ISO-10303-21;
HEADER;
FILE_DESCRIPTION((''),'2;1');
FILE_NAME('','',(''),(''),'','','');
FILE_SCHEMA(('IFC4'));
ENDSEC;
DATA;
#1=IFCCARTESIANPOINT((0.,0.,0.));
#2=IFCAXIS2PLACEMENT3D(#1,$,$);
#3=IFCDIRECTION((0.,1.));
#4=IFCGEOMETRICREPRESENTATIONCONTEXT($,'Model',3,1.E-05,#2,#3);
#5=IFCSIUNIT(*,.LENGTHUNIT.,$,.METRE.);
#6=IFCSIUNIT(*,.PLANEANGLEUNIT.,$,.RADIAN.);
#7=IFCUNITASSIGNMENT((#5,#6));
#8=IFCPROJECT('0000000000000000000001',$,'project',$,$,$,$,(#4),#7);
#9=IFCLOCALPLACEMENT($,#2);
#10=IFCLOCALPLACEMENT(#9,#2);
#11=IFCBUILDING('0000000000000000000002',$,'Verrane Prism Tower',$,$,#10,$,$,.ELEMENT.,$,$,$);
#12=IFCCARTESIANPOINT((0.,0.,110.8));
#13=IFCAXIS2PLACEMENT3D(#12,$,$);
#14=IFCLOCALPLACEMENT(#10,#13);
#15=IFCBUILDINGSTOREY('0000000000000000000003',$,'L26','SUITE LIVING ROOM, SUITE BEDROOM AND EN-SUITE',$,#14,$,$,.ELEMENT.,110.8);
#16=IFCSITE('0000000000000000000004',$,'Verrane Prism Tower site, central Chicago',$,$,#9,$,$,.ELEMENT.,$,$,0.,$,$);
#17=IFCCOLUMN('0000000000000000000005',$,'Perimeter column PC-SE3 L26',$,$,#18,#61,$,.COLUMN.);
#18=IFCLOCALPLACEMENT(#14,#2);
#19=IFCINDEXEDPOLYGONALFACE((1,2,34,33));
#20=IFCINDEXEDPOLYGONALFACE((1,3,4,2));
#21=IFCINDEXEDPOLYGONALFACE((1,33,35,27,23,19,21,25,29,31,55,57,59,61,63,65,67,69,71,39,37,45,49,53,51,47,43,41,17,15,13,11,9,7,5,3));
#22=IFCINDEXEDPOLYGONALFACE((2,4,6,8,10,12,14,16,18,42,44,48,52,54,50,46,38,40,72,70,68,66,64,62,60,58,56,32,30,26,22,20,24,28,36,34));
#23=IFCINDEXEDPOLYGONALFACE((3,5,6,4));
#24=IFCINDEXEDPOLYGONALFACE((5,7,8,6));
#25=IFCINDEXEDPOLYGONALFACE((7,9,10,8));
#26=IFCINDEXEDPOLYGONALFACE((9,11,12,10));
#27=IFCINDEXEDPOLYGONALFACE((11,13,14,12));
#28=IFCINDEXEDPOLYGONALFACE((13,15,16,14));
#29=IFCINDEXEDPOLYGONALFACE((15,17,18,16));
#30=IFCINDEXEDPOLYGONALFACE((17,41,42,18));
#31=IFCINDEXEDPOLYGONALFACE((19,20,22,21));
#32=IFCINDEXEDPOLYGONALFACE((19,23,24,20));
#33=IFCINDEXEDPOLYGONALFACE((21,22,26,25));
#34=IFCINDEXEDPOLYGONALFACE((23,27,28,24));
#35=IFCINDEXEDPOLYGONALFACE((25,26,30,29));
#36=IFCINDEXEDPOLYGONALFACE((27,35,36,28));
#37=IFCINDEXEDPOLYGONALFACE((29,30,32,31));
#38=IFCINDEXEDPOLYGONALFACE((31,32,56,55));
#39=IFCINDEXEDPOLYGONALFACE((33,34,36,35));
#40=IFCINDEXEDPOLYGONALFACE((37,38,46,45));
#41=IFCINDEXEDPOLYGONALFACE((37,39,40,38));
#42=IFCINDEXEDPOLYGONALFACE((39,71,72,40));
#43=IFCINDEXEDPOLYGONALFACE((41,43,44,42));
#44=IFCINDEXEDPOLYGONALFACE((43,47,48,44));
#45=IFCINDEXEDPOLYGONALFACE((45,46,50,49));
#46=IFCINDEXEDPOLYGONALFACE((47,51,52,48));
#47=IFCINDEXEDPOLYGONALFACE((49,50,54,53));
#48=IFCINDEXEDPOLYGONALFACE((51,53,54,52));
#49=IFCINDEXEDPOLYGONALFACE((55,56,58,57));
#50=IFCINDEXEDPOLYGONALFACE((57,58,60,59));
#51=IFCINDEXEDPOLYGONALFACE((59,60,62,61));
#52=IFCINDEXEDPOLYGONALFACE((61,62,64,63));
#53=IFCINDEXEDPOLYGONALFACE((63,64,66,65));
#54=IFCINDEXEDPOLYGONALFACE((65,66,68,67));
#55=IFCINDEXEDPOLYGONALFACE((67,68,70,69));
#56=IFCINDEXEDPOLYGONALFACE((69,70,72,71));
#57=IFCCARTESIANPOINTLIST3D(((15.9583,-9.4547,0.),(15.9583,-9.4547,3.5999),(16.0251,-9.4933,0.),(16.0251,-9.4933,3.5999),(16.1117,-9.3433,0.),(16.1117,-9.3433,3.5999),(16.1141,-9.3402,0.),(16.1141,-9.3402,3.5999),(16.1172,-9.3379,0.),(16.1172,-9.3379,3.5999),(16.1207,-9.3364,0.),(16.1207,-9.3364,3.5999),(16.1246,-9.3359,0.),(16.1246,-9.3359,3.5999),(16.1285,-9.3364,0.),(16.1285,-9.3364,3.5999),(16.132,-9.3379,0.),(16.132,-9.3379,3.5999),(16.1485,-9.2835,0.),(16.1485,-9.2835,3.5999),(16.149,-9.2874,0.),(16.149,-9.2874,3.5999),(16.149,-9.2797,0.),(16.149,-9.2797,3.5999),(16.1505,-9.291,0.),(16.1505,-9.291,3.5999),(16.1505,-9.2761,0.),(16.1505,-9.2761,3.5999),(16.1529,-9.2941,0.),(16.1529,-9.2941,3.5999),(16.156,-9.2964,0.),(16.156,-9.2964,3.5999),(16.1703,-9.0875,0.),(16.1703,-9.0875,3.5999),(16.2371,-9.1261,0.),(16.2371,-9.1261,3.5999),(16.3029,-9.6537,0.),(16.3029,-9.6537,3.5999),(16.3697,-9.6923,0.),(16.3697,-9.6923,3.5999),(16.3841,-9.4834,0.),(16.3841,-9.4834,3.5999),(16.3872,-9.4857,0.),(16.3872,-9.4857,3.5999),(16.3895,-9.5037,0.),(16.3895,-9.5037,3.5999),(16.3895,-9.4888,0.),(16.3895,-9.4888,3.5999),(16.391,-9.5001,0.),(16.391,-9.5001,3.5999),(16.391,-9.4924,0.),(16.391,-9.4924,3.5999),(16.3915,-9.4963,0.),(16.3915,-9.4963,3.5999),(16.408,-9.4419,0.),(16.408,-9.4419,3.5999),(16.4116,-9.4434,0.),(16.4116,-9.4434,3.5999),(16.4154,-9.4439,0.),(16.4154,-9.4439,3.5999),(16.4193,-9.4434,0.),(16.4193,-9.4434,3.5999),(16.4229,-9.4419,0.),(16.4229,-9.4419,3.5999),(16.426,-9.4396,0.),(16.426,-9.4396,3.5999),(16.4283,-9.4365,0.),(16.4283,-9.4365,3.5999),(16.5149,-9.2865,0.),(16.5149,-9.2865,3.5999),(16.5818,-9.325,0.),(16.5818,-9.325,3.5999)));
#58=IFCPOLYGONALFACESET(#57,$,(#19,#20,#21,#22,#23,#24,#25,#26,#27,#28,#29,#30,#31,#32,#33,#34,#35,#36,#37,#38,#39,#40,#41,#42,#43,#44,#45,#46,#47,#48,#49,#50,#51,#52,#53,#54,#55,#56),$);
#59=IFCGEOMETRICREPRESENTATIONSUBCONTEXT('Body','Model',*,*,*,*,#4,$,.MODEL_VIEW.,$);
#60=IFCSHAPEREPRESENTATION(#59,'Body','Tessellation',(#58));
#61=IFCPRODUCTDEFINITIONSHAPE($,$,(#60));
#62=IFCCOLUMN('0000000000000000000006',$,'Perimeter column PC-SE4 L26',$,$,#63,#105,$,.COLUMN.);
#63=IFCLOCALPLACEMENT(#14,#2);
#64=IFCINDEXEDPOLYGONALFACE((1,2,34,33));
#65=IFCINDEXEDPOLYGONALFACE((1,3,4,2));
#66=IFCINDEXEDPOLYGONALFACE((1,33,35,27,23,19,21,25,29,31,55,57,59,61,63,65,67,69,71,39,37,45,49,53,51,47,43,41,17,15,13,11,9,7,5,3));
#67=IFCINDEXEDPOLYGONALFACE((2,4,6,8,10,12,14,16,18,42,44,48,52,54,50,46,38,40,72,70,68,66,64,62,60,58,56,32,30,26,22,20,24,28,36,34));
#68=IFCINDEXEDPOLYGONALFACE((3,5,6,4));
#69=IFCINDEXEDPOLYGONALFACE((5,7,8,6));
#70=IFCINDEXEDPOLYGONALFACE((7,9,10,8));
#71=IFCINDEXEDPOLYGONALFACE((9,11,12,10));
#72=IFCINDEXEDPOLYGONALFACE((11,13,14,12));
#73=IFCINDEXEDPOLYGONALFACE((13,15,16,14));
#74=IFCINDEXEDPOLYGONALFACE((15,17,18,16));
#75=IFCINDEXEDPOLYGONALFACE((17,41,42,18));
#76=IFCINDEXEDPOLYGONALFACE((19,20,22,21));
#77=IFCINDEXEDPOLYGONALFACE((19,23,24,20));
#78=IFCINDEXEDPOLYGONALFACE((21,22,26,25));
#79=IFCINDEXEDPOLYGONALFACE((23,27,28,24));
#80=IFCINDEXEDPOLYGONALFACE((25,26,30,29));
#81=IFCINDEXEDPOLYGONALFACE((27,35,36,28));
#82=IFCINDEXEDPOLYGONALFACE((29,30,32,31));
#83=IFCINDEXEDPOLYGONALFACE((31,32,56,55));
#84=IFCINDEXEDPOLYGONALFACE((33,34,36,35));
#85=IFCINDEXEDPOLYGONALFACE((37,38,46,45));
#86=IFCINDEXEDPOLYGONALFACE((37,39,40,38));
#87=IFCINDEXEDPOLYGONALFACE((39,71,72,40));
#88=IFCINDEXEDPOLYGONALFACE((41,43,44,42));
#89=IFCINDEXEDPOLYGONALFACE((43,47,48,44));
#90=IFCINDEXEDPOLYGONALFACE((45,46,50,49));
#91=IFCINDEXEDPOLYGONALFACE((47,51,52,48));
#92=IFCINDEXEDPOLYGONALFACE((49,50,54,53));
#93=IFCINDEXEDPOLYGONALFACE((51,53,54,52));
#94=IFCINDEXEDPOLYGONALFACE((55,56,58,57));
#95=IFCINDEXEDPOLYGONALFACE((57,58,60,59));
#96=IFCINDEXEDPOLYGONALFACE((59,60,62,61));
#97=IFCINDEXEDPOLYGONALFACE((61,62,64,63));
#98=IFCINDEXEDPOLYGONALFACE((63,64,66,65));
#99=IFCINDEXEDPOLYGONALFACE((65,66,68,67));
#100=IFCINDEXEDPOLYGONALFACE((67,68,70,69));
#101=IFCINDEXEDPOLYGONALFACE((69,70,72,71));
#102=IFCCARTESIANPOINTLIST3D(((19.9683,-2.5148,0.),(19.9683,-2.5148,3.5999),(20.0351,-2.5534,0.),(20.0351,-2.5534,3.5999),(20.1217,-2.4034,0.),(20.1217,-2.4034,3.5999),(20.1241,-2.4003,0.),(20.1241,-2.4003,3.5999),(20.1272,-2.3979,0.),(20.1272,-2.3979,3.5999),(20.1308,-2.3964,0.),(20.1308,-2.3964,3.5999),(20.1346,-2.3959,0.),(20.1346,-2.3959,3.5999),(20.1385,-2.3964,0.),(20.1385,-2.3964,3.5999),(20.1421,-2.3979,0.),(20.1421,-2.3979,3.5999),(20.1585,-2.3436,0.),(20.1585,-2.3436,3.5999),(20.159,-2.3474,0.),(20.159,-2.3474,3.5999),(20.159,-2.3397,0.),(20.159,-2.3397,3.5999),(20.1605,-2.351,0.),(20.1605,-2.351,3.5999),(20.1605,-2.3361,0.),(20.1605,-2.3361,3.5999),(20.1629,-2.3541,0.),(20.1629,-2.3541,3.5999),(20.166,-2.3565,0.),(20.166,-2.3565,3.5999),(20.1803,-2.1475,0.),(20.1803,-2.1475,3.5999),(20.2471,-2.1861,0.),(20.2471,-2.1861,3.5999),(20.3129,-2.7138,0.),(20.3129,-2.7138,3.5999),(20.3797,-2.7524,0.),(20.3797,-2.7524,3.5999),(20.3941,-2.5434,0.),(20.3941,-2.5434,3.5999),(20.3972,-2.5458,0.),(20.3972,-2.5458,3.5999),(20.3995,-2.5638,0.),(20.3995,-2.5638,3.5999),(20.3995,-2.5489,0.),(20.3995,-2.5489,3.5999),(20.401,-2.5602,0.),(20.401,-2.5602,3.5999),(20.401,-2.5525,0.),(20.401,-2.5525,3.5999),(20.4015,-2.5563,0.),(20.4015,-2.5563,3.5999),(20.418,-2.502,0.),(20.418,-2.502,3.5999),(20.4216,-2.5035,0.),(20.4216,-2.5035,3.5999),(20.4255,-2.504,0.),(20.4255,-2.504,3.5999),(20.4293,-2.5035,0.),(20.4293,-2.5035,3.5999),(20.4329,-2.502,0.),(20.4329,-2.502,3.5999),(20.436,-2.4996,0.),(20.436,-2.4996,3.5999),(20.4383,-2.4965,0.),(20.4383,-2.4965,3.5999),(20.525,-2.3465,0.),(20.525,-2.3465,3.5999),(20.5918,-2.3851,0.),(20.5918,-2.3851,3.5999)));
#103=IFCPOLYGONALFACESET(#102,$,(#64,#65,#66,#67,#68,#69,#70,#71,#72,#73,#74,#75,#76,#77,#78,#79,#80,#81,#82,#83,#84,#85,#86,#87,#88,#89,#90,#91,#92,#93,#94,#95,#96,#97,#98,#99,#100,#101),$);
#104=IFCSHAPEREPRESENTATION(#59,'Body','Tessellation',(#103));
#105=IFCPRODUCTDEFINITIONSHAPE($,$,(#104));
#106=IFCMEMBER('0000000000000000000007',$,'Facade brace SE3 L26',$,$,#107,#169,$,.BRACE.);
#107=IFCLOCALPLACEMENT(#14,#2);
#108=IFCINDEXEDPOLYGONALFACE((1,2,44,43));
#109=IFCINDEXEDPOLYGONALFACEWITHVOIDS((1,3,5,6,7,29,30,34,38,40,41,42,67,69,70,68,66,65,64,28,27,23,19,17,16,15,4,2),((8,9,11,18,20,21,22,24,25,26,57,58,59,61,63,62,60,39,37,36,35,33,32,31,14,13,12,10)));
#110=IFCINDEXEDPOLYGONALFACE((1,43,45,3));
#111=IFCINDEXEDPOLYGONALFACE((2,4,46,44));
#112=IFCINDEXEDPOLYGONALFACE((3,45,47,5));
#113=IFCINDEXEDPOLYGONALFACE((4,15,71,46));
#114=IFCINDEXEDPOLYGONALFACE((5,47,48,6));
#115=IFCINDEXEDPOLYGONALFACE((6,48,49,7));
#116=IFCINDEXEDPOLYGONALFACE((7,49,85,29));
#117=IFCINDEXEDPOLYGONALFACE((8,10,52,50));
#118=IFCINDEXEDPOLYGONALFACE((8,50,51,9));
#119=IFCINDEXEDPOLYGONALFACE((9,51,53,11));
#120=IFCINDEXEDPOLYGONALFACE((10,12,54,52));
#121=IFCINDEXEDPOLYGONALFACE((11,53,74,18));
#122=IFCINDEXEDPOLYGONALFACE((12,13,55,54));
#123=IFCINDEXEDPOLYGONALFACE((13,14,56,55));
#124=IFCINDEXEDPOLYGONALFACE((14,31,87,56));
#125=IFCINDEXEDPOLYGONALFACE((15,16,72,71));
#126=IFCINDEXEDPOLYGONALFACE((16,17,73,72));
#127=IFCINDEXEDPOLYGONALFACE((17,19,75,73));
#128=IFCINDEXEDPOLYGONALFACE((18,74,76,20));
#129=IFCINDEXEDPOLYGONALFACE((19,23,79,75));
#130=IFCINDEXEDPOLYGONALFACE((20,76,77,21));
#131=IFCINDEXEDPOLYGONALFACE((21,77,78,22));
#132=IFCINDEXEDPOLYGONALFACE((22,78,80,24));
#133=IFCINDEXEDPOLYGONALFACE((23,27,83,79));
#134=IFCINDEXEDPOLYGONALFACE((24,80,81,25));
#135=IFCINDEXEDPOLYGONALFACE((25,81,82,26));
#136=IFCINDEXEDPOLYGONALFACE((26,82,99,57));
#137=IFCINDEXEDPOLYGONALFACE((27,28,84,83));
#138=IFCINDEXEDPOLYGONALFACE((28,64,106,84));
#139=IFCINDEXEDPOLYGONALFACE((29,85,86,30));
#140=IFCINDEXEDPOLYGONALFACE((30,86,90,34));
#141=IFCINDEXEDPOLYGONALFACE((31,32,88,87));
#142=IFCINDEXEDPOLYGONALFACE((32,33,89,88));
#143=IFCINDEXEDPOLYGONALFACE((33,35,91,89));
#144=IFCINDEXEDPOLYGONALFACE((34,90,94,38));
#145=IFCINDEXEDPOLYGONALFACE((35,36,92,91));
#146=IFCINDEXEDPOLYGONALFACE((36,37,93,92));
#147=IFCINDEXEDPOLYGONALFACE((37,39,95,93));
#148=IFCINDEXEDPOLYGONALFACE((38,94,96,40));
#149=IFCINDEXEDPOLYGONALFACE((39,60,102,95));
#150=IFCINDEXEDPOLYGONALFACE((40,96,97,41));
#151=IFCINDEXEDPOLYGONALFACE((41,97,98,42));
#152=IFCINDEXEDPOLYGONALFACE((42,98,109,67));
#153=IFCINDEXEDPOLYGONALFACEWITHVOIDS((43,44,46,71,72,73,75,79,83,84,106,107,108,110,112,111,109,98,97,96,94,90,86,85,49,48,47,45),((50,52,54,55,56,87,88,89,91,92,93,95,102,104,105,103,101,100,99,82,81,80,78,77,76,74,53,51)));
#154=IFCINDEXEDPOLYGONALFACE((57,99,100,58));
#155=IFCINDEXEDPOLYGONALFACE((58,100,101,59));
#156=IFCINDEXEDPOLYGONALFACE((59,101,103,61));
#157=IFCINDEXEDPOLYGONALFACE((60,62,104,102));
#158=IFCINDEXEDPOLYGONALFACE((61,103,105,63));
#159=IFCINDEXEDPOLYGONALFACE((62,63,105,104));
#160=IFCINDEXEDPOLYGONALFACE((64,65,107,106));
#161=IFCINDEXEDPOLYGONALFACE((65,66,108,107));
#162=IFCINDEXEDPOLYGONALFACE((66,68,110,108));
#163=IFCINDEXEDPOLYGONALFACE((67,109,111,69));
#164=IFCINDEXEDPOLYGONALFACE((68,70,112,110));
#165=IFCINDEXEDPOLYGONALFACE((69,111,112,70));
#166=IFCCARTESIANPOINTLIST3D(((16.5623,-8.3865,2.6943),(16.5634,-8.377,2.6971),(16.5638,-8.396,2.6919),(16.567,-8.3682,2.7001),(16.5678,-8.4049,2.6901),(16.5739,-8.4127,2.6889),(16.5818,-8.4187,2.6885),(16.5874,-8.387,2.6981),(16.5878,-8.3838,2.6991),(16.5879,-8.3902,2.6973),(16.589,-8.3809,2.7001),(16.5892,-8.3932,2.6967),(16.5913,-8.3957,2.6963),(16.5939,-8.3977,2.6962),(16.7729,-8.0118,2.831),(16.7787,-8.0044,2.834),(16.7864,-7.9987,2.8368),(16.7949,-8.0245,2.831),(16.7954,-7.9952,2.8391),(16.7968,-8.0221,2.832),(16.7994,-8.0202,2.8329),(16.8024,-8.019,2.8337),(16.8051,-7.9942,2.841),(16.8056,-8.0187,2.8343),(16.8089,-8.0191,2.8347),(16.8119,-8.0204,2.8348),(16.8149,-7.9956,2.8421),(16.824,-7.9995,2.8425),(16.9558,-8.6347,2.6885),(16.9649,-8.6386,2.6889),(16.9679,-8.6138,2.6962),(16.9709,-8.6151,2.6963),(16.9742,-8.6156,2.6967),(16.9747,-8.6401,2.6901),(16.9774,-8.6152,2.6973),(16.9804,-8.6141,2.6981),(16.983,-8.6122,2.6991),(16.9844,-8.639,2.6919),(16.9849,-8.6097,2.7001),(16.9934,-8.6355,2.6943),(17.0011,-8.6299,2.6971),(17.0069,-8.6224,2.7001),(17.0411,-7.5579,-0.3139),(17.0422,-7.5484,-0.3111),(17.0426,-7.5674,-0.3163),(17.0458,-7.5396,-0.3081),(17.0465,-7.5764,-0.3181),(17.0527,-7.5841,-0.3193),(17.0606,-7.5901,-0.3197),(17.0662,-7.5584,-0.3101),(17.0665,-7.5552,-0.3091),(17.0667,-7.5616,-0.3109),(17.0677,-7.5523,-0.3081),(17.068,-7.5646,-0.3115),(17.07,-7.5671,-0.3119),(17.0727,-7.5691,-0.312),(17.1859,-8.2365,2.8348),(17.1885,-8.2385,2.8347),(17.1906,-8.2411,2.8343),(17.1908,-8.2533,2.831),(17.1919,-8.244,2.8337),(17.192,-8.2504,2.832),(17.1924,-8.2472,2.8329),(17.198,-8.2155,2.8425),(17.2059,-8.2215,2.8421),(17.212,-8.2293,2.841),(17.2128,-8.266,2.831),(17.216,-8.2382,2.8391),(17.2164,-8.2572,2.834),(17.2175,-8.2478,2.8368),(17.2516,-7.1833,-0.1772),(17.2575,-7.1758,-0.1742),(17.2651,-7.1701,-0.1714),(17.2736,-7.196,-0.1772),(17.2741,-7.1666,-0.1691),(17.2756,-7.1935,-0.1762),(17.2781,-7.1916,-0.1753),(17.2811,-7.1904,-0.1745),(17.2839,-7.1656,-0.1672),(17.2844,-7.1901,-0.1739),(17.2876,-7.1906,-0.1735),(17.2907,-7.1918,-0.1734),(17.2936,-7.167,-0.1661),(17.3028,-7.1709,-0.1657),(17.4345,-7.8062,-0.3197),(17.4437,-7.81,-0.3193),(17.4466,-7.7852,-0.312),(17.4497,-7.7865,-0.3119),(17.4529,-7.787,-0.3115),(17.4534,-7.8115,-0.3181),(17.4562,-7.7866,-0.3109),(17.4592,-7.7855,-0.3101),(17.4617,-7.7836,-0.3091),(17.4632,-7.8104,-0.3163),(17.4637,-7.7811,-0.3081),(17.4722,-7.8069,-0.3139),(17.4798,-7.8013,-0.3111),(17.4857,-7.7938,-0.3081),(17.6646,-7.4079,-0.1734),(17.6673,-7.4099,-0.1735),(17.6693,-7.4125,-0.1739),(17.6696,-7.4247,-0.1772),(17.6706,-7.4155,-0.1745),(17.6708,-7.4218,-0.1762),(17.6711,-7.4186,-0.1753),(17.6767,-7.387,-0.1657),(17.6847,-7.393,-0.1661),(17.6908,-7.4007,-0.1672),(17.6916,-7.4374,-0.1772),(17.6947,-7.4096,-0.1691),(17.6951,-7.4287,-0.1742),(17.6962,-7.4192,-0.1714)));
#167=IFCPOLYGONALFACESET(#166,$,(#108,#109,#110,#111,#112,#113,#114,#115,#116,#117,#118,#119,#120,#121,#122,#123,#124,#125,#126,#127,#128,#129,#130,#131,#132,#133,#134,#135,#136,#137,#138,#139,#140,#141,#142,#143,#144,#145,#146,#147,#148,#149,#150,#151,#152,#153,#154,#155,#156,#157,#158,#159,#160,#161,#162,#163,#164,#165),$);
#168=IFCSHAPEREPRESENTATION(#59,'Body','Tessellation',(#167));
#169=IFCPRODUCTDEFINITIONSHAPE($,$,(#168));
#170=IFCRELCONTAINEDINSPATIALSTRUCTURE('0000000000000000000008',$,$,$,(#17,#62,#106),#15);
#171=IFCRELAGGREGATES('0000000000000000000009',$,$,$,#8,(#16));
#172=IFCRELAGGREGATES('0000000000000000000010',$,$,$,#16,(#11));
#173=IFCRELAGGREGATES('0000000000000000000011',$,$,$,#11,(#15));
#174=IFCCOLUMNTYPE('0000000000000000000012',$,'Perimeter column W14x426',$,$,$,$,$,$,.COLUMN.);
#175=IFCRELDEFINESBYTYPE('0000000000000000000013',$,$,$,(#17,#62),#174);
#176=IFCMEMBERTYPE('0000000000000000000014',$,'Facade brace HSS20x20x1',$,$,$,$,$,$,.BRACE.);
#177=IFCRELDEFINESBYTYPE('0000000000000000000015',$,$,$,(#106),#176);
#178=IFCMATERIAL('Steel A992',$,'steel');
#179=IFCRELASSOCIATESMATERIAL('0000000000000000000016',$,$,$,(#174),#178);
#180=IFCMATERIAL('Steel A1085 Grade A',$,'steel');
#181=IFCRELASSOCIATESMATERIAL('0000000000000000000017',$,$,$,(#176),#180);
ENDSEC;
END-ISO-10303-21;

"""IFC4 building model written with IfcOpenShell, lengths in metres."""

from ifc_helpers import new_model, si_unit, direction, frame, origin, origin_2d, place, context, subcontext, project, spatial, hollow_rectangle, i_section, extrude, material, material_profile, profile_set, type_object, element, save


model = new_model("IFC4")

# Units and contexts
model_context = context("Model", 3, precision=1e-05, world=origin(), true_north=direction((0.0, 1.0)))
body_context = subcontext(model_context, "Body", "Model", "MODEL_VIEW")
ifc_project = project(units=[si_unit("LENGTHUNIT", "METRE"), si_unit("PLANEANGLEUNIT", "RADIAN")], contexts=[model_context])

# Site, building, storey
site_placement = place(None, origin())
site = spatial("IfcSite", under=ifc_project, at=site_placement, Name="Verrane Prism Tower site, central Chicago", CompositionType="ELEMENT", RefElevation=0.0)
building_placement = place(site_placement, origin())
building = spatial("IfcBuilding", under=site, at=building_placement, Name="Verrane Prism Tower", CompositionType="ELEMENT")
storey_placement = place(building_placement, frame((0.0, 0.0, 110.8)))
storey = spatial("IfcBuildingStorey", under=building, at=storey_placement, Name="L26", Description="SUITE LIVING ROOM, SUITE BEDROOM AND EN-SUITE", CompositionType="ELEMENT", Elevation=110.8)

# Columns
ifc_material_1 = material(Name="Steel A992", Category="steel")
ifc_material_profile_1 = material_profile(ifc_material_1, i_section(OverallWidth=0.4241, OverallDepth=0.4751, WebThickness=0.0479, FlangeThickness=0.0771, FilletRadius=0.0149, at=origin_2d()), Name="W14x426")
ifc_profile_set_1 = profile_set([ifc_material_profile_1], Name="Steel A992")
column_type = type_object("IfcColumnType", Name="Perimeter column W14x426", PredefinedType="COLUMN", material=ifc_profile_set_1)
for number, where, z_axis, x_axis, name in (
    (1, (16.27, -9.3899, 0.0), (0.0, 0.0, 1.0), (-0.5, -0.866025, 0.0), "Perimeter column PC-SE3 L26"),
    (2, (20.28, -2.45, 0.0), (0.0, 0.0, 1.0), (-0.5, -0.866025, 0.0), "Perimeter column PC-SE4 L26"),
):
    element("IfcColumn", number, at=place(storey_placement, frame(where, z_axis=z_axis, x_axis=x_axis)), inside=storey, type_object=column_type, Name=name, PredefinedType="COLUMN", context=body_context, shape_type="SweptSolid", body=[
        extrude(i_section(OverallWidth=0.4241, OverallDepth=0.4751, WebThickness=0.0479, FlangeThickness=0.0771, FilletRadius=0.0149, at=origin_2d()), origin(), (0.0, 0.0, 1.0), 3.5999),
    ])

# Member
ifc_material_2 = material(Name="Steel A1085 Grade A", Category="steel")
ifc_material_profile_2 = material_profile(ifc_material_2, hollow_rectangle(XDim=0.5081, YDim=0.5081, WallThickness=0.0254, InnerFilletRadius=0.0127, OuterFilletRadius=0.0381, at=origin_2d()), Name="HSS20x20x1")
ifc_profile_set_2 = profile_set([ifc_material_profile_2], Name="Steel A1085 Grade A")
member_type_1 = type_object("IfcMemberType", Name="Facade brace HSS20x20x1", PredefinedType="BRACE", material=ifc_profile_set_2)
member_1_placement = place(storey_placement, frame((17.3687, -7.4885, -0.2427), z_axis=(-0.151658, -0.262481, 0.952945), x_axis=(0.865863, -0.500282, 0.0)))
element("IfcMember", 3, at=member_1_placement, inside=storey, type_object=member_type_1, Name="Facade brace SE3 L26", PredefinedType="BRACE", context=body_context, shape_type="SweptSolid", body=[
    extrude(hollow_rectangle(XDim=0.5081, YDim=0.5081, WallThickness=0.0254, InnerFilletRadius=0.0127, OuterFilletRadius=0.0381, at=origin_2d()), origin(), (0.0, 0.0, 1.0), 3.1567),
])

save(model, "model.ifc")
